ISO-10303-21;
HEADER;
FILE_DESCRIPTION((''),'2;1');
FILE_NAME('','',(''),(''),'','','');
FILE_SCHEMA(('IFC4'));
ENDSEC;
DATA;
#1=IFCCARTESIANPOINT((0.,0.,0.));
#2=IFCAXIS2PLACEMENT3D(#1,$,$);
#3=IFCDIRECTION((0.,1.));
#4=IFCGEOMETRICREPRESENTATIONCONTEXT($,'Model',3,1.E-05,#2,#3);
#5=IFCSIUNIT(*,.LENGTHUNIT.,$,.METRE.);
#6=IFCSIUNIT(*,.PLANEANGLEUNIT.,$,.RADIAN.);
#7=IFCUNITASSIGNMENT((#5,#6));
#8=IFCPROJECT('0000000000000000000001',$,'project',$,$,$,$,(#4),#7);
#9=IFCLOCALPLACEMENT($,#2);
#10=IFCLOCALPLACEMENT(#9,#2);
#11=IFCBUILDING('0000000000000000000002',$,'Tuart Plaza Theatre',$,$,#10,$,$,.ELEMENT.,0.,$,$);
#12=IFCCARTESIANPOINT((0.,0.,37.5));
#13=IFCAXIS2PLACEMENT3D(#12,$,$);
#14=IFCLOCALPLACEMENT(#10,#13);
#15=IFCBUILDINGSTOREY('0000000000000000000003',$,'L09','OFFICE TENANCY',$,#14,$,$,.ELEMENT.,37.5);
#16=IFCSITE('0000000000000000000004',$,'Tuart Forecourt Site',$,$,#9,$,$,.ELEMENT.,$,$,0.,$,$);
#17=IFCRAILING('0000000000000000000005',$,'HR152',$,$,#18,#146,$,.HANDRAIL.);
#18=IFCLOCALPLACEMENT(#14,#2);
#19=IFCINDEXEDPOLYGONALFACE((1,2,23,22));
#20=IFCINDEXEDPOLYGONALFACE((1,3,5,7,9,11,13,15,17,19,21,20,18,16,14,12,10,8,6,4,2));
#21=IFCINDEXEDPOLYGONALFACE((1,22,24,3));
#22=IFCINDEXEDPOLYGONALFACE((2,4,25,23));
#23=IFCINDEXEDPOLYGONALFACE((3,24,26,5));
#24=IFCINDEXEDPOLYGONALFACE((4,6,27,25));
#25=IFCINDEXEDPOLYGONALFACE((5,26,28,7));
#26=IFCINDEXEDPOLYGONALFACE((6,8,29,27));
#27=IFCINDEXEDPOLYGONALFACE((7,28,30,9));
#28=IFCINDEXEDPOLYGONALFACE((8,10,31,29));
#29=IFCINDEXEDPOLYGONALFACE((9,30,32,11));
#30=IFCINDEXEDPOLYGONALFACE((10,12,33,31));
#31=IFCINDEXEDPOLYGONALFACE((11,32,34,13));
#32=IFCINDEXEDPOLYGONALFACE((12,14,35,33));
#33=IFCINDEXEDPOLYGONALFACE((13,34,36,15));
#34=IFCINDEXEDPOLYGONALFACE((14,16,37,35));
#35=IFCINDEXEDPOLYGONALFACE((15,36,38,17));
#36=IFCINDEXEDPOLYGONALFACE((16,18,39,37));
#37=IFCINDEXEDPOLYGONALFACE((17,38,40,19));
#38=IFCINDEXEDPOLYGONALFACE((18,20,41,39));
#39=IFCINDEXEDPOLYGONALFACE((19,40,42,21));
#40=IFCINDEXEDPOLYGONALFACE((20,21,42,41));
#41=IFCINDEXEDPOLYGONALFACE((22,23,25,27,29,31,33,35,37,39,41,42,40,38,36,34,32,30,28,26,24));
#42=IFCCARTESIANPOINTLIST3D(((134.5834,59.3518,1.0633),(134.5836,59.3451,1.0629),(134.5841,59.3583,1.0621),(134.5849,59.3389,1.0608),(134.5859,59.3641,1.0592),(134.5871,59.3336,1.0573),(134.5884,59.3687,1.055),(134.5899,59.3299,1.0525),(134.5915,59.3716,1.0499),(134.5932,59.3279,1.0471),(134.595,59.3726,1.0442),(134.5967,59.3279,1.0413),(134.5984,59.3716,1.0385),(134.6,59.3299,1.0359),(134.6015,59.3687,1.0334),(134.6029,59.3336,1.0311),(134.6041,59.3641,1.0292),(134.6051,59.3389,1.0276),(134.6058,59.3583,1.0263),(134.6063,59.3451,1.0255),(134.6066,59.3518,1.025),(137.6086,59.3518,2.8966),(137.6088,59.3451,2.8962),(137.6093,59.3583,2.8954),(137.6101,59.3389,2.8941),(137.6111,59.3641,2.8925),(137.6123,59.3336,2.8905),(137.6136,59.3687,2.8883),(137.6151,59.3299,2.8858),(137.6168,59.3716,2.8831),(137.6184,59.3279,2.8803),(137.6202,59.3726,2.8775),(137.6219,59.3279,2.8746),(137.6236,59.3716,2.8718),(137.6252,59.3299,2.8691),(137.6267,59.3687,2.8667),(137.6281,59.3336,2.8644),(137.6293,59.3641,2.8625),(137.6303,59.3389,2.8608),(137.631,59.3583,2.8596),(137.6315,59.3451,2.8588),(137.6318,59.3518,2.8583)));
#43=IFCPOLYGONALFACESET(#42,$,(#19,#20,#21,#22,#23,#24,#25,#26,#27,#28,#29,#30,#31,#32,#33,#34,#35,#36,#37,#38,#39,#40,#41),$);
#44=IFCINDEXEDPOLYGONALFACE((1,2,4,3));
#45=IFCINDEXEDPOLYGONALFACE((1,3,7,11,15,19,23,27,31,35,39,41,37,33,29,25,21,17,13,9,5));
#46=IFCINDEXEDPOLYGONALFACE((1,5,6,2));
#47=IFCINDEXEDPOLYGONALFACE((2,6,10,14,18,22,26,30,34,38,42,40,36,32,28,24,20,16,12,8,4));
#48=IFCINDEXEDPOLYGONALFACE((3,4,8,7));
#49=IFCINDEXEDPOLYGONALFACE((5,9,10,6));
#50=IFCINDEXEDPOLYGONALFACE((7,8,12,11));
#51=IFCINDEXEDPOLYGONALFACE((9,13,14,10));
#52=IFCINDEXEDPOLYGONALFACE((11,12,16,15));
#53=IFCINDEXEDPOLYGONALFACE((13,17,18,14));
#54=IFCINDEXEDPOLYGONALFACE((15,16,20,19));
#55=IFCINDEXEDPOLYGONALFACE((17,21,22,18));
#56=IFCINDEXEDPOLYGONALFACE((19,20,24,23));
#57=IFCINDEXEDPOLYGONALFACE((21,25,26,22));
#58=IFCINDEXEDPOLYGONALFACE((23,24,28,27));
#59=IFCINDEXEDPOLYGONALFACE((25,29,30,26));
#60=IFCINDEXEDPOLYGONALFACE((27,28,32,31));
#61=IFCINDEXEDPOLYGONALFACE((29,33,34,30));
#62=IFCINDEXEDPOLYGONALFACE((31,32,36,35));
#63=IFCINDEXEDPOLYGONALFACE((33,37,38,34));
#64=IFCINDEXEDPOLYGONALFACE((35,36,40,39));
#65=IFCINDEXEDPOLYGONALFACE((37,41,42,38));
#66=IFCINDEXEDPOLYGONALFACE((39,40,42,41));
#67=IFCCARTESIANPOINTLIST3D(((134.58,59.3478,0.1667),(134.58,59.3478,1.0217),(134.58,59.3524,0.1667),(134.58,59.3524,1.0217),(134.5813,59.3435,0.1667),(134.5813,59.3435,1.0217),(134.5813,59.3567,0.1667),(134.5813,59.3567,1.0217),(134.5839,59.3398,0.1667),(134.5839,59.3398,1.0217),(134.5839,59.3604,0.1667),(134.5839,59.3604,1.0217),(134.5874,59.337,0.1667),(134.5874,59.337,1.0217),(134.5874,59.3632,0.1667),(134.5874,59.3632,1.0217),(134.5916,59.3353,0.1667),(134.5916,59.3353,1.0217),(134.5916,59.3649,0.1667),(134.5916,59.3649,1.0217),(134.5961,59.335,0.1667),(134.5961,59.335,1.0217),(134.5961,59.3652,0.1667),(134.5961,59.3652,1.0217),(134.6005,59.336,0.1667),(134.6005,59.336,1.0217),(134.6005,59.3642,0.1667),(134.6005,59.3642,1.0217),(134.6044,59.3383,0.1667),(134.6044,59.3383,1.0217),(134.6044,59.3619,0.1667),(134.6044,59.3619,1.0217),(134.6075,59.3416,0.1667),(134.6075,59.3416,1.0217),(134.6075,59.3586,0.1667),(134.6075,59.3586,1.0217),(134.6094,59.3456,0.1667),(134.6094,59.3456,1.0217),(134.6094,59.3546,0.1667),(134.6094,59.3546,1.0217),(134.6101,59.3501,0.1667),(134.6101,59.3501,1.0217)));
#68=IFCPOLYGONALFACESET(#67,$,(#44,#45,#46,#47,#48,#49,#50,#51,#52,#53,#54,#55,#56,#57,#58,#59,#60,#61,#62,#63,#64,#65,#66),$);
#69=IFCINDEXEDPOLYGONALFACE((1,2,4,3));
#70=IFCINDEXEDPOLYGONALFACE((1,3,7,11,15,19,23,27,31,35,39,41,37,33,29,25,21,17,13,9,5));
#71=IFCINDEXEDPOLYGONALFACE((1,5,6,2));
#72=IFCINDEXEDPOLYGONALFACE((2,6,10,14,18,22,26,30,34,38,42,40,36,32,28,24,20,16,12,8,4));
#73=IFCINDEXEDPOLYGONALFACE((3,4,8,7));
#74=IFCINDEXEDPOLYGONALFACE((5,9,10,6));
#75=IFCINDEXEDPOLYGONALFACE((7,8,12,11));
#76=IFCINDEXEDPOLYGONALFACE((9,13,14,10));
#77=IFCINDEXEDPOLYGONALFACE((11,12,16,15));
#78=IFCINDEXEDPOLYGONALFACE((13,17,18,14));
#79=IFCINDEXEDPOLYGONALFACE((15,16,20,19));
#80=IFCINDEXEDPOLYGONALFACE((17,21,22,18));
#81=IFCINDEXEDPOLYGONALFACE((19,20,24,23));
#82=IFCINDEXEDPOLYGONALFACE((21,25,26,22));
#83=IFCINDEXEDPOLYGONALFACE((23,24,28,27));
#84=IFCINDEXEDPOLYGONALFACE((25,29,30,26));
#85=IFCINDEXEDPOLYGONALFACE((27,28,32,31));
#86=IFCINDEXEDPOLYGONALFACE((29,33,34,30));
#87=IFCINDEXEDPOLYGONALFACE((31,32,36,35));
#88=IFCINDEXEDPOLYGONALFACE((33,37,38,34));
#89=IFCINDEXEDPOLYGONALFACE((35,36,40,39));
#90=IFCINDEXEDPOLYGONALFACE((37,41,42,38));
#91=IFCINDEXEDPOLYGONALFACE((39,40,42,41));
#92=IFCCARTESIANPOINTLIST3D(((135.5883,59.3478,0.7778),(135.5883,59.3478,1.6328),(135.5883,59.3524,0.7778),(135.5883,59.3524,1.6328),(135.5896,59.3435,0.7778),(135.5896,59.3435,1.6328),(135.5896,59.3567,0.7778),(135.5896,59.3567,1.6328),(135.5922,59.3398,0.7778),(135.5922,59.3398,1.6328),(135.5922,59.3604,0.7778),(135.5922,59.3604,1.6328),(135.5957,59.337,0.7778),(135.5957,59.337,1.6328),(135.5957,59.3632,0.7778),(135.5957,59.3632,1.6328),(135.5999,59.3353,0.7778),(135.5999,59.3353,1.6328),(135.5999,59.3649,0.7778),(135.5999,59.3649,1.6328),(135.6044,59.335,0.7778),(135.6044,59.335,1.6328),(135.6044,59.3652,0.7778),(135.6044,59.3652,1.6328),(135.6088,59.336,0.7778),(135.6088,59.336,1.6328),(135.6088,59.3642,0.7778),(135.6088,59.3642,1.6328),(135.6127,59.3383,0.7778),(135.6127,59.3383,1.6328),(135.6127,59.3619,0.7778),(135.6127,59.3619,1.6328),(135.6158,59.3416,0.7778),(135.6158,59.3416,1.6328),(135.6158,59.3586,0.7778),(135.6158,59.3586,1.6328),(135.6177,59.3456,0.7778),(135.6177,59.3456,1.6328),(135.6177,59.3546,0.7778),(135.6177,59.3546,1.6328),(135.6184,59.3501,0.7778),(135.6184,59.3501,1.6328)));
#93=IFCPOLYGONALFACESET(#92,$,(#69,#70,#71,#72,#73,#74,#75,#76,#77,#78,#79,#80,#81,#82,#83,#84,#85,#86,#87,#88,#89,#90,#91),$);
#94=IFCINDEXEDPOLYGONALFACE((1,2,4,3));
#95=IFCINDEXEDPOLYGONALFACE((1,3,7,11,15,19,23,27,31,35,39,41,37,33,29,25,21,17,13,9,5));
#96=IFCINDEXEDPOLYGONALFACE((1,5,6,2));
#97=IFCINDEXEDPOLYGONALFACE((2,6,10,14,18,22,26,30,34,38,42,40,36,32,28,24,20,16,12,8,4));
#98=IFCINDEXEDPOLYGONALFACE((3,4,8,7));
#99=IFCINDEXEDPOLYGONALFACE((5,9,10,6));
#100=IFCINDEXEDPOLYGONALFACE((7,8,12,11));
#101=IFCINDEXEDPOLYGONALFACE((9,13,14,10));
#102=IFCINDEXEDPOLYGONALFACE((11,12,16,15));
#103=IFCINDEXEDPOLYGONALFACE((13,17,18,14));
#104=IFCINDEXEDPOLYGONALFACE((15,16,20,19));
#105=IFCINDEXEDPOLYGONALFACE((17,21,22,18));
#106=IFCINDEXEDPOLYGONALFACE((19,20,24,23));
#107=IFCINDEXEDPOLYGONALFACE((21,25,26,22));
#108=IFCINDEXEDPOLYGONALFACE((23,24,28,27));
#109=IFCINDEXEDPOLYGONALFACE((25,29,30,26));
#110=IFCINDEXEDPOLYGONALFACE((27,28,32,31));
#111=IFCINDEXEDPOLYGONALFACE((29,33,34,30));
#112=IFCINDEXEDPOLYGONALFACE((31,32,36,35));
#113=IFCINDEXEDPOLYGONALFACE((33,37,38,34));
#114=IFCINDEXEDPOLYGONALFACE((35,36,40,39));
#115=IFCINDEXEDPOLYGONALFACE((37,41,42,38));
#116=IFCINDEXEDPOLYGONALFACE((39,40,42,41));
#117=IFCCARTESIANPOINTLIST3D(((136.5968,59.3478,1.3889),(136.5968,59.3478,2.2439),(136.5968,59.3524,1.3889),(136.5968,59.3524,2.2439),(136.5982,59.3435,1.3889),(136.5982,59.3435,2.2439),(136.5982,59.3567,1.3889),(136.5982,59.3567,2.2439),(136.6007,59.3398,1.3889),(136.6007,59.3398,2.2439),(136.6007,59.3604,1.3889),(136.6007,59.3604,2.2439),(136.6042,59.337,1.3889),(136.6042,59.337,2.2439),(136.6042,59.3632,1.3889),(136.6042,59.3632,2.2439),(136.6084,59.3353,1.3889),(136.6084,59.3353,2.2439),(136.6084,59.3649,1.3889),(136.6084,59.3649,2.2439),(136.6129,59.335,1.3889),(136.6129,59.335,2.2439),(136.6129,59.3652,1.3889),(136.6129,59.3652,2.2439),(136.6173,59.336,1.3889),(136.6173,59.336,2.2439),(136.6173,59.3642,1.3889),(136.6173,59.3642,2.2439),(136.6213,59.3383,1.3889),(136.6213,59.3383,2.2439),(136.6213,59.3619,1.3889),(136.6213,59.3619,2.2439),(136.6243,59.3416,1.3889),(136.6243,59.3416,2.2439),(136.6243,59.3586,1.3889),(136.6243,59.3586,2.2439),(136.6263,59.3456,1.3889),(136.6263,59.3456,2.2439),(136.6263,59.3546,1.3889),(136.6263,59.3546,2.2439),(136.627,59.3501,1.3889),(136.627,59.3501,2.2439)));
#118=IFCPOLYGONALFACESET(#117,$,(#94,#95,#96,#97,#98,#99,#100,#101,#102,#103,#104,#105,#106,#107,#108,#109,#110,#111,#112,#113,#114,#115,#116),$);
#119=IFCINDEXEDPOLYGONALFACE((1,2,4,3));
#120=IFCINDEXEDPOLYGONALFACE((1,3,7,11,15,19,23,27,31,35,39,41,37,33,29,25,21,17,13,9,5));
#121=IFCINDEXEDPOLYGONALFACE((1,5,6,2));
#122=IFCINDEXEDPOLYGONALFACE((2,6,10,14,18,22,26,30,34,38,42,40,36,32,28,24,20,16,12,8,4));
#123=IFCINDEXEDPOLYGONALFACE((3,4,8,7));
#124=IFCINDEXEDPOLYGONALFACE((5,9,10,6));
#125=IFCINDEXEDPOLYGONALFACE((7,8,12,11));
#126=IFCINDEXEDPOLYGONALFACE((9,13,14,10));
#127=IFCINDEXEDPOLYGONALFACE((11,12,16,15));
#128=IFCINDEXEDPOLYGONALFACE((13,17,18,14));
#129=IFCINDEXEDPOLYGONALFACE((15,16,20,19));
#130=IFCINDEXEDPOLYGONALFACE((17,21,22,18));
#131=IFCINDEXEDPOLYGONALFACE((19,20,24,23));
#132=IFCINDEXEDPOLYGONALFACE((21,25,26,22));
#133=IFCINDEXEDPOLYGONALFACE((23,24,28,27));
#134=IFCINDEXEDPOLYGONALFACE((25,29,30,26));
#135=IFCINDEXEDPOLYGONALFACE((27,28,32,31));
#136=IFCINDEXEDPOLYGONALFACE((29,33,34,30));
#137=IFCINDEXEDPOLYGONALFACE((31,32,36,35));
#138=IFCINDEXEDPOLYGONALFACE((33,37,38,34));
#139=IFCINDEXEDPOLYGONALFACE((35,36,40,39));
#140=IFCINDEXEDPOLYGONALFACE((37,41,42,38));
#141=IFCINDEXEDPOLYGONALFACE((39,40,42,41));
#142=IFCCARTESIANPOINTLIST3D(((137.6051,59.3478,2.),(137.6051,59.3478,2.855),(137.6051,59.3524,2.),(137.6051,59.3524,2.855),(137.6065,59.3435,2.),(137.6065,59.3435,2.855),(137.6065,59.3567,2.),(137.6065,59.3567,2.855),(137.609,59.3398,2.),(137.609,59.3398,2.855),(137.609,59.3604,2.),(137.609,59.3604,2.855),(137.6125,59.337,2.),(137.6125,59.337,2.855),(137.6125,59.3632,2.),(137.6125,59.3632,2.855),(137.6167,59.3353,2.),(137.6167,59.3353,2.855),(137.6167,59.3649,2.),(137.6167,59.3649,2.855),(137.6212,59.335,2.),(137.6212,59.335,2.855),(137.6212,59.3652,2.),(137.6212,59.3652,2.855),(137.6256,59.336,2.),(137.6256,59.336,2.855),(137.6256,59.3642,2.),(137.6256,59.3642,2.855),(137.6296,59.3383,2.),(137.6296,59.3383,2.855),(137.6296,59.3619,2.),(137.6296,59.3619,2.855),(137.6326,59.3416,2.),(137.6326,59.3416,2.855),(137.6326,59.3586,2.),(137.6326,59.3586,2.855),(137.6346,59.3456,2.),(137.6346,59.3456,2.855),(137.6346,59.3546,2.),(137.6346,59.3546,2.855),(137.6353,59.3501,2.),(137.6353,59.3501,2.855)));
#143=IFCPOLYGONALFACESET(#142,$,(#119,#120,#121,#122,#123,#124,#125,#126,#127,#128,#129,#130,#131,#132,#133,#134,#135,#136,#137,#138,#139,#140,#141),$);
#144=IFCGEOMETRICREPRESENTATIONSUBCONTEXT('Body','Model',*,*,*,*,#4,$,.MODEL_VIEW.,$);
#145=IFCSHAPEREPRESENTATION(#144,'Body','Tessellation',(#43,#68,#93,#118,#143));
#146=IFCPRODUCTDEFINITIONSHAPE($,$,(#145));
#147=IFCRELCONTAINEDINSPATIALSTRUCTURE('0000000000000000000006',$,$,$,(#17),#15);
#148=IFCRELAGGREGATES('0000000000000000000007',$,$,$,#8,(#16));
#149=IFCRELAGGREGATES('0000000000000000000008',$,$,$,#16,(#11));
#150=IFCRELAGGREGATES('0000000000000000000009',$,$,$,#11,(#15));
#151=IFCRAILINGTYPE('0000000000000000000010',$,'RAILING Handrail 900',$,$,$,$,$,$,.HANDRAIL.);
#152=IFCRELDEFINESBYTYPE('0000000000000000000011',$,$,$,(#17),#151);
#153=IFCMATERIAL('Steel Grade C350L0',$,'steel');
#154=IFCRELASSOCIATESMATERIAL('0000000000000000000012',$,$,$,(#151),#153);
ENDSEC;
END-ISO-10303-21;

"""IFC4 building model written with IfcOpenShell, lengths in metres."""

from ifc_helpers import new_model, si_unit, direction, frame, origin, origin_2d, place, context, subcontext, project, spatial, circle, extrude, material, type_object, element, save


model = new_model("IFC4")

# Units and contexts
model_context = context("Model", 3, precision=1e-05, world=origin(), true_north=direction((0.0, 1.0)))
body_context = subcontext(model_context, "Body", "Model", "MODEL_VIEW")
ifc_project = project(units=[si_unit("LENGTHUNIT", "METRE"), si_unit("PLANEANGLEUNIT", "RADIAN")], contexts=[model_context])

# Site, building, storey
site_placement = place(None, origin())
site = spatial("IfcSite", under=ifc_project, at=site_placement, Name="Tuart Forecourt Site", CompositionType="ELEMENT", RefElevation=0.0)
building_placement = place(site_placement, origin())
building = spatial("IfcBuilding", under=site, at=building_placement, Name="Tuart Plaza Theatre", CompositionType="ELEMENT", ElevationOfRefHeight=0.0)
storey_placement = place(building_placement, frame((0.0, 0.0, 37.5)))
storey = spatial("IfcBuildingStorey", under=building, at=storey_placement, Name="L09", Description="OFFICE TENANCY", CompositionType="ELEMENT", Elevation=37.5)

# Railing
ifc_material_1 = material(Name="Steel Grade C350L0", Category="steel")
railing_type_1 = type_object("IfcRailingType", Name="RAILING Handrail 900", PredefinedType="HANDRAIL", material=ifc_material_1)
for number, where, name in (
    (1, (134.595, 59.3501, 0.1667), "HR152"),
):
    element("IfcRailing", number, at=place(storey_placement, frame(where)), inside=storey, type_object=railing_type_1, Name=name, PredefinedType="HANDRAIL", context=body_context, shape_type="SweptSolid", body=[
        extrude(circle(Radius=0.0225, at=origin_2d()), frame((0.0, 0.0, 0.8774), z_axis=(0.855219, 0.0, 0.518267), x_axis=(0.0, 1.0, 0.0)), (0.0, 0.0, 1.0), 3.5374),
        extrude(circle(Radius=0.0151, at=origin_2d()), origin(), (0.0, 0.0, 1.0), 0.855),
        extrude(circle(Radius=0.0151, at=origin_2d()), frame((1.0083, 0.0, 0.6111)), (0.0, 0.0, 1.0), 0.855),
        extrude(circle(Radius=0.0151, at=origin_2d()), frame((2.0168, 0.0, 1.2222)), (0.0, 0.0, 1.0), 0.855),
        extrude(circle(Radius=0.0151, at=origin_2d()), frame((3.0251, 0.0, 1.8333)), (0.0, 0.0, 1.0), 0.855),
    ])

save(model, "model.ifc")
